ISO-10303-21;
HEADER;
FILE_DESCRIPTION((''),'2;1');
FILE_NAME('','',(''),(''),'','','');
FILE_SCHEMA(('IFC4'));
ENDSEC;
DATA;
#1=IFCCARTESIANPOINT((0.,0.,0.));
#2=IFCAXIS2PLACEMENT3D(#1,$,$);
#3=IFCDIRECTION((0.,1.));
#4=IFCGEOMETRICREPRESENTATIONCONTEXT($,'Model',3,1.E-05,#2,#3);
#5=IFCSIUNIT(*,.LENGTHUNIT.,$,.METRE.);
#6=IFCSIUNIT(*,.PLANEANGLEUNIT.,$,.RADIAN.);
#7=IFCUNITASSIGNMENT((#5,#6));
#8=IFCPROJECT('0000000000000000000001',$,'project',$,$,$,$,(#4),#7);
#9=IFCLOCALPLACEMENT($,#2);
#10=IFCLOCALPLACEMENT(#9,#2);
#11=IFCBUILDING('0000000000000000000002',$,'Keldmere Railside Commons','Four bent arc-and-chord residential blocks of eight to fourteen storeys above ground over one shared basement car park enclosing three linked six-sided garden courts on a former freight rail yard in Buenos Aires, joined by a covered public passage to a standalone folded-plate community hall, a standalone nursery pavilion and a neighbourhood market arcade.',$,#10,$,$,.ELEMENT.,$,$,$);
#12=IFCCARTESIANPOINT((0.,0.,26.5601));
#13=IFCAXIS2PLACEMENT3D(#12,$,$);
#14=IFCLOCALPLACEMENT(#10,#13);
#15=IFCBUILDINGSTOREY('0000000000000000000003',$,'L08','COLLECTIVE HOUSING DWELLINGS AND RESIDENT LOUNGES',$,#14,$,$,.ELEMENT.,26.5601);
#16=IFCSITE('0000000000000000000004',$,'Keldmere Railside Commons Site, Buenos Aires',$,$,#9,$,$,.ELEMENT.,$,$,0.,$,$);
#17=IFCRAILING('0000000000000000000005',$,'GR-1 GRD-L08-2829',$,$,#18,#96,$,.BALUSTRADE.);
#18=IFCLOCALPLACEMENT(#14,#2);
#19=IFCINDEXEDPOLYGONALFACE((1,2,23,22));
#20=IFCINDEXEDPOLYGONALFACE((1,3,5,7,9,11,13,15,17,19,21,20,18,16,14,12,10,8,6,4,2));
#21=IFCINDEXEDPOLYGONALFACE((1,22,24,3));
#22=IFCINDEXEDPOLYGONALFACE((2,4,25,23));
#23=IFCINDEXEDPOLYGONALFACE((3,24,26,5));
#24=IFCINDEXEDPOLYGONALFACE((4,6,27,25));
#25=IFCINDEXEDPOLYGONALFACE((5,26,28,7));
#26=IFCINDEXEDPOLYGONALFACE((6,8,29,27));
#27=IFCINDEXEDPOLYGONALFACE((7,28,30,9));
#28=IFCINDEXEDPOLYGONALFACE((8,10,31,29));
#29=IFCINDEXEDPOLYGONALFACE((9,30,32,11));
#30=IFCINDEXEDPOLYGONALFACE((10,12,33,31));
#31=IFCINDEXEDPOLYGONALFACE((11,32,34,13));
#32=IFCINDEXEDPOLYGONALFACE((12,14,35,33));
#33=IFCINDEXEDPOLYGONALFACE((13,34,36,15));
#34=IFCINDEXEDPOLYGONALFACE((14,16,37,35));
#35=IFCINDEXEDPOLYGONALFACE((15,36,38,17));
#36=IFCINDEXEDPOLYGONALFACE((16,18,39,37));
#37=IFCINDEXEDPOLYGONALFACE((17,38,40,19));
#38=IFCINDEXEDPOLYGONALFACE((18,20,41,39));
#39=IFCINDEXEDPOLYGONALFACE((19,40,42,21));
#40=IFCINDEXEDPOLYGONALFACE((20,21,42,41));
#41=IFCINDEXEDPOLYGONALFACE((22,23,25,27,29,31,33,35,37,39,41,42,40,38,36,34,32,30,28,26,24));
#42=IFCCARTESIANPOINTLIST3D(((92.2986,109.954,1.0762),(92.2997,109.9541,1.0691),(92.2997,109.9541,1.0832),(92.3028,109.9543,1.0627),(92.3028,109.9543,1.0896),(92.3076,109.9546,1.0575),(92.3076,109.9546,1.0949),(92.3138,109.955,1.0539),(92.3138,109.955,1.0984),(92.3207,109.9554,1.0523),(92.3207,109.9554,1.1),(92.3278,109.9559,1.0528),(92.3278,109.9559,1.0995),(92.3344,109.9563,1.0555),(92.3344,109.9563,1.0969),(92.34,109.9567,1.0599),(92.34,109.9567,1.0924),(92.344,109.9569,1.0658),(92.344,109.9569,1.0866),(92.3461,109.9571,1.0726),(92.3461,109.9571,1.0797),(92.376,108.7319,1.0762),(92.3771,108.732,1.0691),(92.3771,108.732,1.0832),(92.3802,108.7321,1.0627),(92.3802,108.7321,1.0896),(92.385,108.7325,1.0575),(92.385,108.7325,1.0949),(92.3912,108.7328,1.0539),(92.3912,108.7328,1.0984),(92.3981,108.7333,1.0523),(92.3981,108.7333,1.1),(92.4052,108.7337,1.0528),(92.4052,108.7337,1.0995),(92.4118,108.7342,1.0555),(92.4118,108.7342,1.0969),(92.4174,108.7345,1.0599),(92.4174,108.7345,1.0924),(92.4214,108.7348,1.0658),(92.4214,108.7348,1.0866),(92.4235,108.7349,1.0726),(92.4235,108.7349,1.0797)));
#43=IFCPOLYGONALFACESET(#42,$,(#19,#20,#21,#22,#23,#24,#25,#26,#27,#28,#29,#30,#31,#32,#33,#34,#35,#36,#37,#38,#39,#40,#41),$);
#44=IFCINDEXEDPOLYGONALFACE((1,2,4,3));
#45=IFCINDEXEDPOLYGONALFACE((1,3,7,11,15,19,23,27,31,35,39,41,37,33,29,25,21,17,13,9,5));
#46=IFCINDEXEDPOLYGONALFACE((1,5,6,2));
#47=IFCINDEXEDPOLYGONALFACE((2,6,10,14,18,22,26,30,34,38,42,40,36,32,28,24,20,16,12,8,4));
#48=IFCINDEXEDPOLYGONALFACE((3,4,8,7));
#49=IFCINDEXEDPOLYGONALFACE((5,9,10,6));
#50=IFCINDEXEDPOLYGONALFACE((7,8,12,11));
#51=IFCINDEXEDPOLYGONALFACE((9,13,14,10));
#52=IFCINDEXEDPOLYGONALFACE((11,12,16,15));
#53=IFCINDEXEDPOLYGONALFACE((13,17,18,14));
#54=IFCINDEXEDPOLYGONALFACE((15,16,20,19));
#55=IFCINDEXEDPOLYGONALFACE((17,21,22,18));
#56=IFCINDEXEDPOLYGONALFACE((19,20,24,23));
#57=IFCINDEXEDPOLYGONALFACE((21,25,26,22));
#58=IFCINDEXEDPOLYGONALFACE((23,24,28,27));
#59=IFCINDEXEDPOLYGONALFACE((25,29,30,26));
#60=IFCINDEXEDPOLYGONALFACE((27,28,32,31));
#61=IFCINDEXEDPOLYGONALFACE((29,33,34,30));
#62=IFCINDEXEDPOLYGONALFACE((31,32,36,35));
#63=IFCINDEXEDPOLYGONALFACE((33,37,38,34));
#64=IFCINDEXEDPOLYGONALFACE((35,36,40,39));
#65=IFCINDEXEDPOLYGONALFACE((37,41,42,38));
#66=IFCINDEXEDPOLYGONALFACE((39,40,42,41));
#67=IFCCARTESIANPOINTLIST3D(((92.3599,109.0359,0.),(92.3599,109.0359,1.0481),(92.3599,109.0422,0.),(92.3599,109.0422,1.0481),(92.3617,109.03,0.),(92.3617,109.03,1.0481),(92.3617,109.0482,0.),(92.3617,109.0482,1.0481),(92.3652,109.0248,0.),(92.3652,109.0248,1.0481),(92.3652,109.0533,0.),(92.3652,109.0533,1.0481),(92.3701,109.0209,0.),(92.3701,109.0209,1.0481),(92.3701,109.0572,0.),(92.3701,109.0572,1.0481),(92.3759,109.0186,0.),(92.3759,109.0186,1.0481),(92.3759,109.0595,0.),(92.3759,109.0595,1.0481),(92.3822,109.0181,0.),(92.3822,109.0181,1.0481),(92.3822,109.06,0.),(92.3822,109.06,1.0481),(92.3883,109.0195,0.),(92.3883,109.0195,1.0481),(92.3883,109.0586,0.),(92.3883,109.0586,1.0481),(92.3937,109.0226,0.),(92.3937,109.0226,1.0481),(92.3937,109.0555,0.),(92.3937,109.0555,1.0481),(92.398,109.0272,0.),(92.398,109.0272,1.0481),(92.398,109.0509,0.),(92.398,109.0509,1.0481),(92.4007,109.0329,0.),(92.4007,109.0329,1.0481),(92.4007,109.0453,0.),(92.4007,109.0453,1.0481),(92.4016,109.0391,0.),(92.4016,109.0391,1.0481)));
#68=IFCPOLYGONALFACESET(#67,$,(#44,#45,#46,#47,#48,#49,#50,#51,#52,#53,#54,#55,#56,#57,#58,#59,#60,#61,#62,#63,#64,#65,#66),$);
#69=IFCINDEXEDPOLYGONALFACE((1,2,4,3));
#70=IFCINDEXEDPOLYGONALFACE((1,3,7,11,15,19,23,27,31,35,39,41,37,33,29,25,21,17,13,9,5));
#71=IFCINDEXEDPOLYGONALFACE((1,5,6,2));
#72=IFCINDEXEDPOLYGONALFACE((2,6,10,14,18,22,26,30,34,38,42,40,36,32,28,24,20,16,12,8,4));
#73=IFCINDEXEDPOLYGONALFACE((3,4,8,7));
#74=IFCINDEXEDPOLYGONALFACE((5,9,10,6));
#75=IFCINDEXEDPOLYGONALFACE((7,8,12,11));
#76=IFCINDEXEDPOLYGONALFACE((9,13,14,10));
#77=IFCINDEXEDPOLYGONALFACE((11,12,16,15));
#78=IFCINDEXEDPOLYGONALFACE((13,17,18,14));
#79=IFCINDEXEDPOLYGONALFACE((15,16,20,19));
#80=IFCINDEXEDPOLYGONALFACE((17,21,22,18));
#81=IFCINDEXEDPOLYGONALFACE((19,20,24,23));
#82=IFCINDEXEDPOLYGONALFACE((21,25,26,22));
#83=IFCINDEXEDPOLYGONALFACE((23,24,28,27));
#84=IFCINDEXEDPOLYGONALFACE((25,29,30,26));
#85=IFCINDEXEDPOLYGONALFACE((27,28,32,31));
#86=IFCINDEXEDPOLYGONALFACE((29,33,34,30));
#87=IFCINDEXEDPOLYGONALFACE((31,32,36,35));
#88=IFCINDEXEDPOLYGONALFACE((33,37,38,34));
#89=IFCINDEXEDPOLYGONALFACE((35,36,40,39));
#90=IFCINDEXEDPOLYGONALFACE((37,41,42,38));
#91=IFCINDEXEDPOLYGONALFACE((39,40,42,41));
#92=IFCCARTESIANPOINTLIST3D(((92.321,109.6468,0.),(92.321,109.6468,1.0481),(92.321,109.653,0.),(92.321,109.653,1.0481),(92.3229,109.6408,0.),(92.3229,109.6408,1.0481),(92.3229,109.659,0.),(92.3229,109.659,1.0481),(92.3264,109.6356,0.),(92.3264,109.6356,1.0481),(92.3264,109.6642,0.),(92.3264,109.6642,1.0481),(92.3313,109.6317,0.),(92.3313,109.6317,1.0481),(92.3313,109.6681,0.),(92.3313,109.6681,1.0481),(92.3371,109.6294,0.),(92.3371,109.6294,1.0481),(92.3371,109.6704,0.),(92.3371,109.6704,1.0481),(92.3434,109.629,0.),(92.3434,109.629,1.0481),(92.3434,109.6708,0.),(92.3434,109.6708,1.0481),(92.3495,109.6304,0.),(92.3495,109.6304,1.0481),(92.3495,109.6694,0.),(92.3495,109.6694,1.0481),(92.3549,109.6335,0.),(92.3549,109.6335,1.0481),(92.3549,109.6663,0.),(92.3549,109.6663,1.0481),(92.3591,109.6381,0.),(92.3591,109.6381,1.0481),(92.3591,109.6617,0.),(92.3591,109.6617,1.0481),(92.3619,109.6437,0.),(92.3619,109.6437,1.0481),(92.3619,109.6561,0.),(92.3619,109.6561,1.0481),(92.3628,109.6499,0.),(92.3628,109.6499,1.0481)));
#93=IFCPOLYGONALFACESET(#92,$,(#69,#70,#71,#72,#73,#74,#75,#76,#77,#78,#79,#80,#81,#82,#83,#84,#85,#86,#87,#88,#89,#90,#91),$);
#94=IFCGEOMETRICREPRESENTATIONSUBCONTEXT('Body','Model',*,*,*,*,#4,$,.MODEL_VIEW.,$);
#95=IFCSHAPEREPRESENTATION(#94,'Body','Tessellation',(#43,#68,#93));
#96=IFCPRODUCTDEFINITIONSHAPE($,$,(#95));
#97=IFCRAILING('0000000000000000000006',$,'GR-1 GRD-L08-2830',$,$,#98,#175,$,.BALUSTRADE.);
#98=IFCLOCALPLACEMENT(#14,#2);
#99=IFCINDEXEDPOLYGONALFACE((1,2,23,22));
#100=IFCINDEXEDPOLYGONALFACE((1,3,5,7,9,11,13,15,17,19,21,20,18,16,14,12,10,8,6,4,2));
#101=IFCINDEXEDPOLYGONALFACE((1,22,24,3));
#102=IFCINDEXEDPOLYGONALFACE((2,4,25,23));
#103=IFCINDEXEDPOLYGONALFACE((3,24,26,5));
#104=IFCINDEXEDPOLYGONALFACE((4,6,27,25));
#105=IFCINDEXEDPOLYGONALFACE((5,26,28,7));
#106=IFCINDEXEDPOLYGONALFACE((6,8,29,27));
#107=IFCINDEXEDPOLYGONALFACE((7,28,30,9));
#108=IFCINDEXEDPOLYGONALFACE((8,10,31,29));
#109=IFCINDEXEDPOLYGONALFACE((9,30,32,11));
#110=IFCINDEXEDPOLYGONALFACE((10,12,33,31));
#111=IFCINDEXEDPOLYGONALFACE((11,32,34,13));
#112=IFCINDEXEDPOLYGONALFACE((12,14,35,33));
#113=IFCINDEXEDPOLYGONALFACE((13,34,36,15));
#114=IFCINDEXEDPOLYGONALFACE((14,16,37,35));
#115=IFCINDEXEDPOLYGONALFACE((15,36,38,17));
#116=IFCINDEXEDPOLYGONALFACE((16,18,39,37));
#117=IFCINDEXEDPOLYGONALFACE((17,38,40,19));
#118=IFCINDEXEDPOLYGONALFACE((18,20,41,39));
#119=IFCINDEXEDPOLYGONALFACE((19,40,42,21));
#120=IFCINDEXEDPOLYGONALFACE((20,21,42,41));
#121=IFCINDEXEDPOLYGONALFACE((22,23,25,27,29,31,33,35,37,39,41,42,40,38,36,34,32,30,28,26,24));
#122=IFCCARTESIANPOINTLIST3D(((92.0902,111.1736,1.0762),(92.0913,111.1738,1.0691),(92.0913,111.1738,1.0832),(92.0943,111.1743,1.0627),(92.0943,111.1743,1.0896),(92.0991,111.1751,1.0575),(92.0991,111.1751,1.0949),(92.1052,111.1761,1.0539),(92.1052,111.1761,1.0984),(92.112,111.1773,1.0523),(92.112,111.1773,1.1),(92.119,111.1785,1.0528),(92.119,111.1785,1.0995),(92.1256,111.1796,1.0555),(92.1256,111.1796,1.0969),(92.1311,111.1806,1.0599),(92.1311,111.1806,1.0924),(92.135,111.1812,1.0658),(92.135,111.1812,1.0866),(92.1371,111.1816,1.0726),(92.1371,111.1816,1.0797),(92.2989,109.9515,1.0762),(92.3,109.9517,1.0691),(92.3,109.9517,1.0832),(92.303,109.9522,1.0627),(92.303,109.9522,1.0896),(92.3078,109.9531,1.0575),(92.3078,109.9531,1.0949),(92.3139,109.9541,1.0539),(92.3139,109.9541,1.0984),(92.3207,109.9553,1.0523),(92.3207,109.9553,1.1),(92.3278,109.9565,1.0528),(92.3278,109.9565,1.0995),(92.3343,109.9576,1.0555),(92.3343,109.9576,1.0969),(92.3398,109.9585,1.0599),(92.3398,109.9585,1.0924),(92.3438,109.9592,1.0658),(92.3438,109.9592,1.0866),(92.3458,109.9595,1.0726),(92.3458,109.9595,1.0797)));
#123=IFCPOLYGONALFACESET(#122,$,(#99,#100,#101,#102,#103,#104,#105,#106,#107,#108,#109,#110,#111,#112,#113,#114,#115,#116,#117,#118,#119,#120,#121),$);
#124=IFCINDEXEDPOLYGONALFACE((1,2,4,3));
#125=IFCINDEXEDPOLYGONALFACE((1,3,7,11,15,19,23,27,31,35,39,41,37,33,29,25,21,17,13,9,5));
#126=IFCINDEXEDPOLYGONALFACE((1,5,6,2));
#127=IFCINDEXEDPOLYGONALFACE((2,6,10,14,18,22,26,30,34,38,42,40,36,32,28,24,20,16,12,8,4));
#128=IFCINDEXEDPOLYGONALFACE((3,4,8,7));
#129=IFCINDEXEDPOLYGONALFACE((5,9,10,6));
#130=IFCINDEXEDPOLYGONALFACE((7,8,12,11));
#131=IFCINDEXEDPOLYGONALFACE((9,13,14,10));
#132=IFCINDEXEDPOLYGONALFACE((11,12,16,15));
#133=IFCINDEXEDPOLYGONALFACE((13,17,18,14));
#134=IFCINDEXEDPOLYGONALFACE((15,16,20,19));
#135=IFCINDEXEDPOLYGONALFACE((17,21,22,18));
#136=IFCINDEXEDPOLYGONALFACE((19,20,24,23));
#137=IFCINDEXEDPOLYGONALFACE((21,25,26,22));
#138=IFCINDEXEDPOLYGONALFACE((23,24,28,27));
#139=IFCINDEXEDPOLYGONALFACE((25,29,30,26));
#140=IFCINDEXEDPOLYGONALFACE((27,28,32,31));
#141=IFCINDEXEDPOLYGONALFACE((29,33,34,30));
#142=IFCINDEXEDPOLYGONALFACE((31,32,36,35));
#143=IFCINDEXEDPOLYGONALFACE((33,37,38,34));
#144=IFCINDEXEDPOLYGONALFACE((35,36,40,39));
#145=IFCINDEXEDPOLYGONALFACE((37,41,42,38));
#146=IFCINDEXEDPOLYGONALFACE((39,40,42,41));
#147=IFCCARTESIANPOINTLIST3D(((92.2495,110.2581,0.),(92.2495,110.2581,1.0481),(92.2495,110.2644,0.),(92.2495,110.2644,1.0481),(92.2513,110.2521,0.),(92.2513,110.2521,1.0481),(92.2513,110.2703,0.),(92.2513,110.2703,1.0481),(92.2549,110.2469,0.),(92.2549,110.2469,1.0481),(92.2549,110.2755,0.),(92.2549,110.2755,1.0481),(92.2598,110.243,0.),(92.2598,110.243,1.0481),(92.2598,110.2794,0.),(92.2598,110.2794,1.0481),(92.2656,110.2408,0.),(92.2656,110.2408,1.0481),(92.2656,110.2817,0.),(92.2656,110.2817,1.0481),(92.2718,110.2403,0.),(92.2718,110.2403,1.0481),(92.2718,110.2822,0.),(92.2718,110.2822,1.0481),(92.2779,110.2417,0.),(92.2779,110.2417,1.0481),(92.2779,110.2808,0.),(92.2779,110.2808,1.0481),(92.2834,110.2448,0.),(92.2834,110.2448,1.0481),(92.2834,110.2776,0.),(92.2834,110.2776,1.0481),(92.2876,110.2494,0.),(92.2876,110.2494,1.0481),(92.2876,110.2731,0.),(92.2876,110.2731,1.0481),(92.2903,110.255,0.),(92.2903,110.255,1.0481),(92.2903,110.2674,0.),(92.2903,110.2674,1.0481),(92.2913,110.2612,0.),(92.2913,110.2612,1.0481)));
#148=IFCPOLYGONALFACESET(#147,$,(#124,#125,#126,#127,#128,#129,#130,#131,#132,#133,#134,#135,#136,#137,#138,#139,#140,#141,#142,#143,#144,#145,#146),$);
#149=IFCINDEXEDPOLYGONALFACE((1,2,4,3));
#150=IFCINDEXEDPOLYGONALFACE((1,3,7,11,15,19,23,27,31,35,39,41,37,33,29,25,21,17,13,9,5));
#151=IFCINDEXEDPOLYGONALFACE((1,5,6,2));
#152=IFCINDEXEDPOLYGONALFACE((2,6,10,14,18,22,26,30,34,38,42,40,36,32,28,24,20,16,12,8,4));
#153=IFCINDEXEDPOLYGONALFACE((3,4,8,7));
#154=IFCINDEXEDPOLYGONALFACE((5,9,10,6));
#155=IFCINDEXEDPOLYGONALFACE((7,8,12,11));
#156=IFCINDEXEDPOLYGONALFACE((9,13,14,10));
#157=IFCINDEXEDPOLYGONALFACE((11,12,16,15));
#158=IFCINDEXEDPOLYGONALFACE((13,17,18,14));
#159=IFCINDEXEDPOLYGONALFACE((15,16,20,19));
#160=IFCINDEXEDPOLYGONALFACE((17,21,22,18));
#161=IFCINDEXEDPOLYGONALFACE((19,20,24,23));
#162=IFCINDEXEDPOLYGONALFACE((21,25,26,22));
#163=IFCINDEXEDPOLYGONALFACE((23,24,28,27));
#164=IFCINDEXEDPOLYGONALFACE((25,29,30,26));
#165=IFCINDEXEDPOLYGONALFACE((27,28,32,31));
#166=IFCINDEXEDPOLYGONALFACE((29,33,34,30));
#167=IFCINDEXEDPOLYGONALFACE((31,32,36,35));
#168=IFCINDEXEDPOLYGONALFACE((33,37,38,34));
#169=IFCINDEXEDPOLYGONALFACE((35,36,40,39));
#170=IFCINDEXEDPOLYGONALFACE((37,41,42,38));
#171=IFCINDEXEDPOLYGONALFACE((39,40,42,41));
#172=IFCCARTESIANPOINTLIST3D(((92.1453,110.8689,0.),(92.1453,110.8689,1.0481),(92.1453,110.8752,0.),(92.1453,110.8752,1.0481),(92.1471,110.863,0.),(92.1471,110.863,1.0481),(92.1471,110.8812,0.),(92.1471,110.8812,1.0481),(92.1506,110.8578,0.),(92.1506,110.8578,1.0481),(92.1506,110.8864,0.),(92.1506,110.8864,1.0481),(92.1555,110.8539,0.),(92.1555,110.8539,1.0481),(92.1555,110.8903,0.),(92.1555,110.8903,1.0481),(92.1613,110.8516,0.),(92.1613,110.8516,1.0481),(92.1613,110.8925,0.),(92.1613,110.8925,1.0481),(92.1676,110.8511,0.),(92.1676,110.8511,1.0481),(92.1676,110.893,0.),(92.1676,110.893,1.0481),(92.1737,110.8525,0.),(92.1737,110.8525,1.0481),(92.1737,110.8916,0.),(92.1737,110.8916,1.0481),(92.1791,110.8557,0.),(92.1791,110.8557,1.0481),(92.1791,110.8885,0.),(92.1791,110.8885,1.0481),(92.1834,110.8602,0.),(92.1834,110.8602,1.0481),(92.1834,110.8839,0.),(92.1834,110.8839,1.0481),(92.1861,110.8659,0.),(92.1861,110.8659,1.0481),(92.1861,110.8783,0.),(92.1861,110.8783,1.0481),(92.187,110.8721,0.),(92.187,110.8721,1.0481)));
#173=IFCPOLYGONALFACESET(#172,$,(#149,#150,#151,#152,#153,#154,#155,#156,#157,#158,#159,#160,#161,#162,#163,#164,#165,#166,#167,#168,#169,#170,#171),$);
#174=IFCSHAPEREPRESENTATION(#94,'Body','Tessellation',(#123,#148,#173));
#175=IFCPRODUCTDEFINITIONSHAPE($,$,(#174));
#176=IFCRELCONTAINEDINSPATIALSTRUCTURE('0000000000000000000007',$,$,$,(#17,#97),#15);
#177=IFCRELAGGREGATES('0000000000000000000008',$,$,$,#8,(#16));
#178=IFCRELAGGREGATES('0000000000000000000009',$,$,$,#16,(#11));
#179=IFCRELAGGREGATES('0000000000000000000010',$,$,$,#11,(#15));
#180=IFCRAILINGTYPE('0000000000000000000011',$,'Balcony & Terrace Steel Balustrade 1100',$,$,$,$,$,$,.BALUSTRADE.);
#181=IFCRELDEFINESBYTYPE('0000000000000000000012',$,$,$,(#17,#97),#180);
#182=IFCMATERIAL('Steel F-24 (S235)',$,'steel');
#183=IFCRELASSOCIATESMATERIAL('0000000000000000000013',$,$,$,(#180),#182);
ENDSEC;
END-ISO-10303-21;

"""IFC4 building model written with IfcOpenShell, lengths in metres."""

from ifc_helpers import new_model, si_unit, direction, frame, origin, origin_2d, place, context, subcontext, project, spatial, circle, extrude, material, type_object, element, save


model = new_model("IFC4")

# Units and contexts
model_context = context("Model", 3, precision=1e-05, world=origin(), true_north=direction((0.0, 1.0)))
body_context = subcontext(model_context, "Body", "Model", "MODEL_VIEW")
ifc_project = project(units=[si_unit("LENGTHUNIT", "METRE"), si_unit("PLANEANGLEUNIT", "RADIAN")], contexts=[model_context])

# Site, building, storey
site_placement = place(None, origin())
site = spatial("IfcSite", under=ifc_project, at=site_placement, Name="Keldmere Railside Commons Site, Buenos Aires", CompositionType="ELEMENT", RefElevation=0.0)
building_placement = place(site_placement, origin())
building = spatial("IfcBuilding", under=site, at=building_placement, Name="Keldmere Railside Commons", Description="Four bent arc-and-chord residential blocks of eight to fourteen storeys above ground over one shared basement car park enclosing three linked six-sided garden courts on a former freight rail yard in Buenos Aires, joined by a covered public passage to a standalone folded-plate community hall, a standalone nursery pavilion and a neighbourhood market arcade.", CompositionType="ELEMENT")
storey_placement = place(building_placement, frame((0.0, 0.0, 26.5601)))
storey = spatial("IfcBuildingStorey", under=building, at=storey_placement, Name="L08", Description="COLLECTIVE HOUSING DWELLINGS AND RESIDENT LOUNGES", CompositionType="ELEMENT", Elevation=26.5601)

# Railings
ifc_material_1 = material(Name="Steel F-24 (S235)", Category="steel")
railing_type = type_object("IfcRailingType", Name="Balcony & Terrace Steel Balustrade 1100", PredefinedType="BALUSTRADE", material=ifc_material_1)
railing_1_placement = place(storey_placement, frame((92.3999, 108.7334, 0.0)))
element("IfcRailing", 1, at=railing_1_placement, inside=storey, type_object=railing_type, Name="GR-1 GRD-L08-2829", PredefinedType="BALUSTRADE", context=body_context, shape_type="SweptSolid", body=[
    extrude(circle(Radius=0.0239, at=origin_2d()), frame((0.0, 0.0, 1.0762), z_axis=(-0.063197, 0.998001, 0.0), x_axis=(-0.998001, -0.063197, 0.0)), (0.0, 0.0, 1.0), 1.2246),
    extrude(circle(Radius=0.021, at=origin_2d()), frame((-0.0193, 0.3057, 0.0)), (0.0, 0.0, 1.0), 1.0481),
    extrude(circle(Radius=0.021, at=origin_2d()), frame((-0.0581, 0.9165, 0.0)), (0.0, 0.0, 1.0), 1.0481),
])
railing_2_placement = place(storey_placement, frame((92.3225, 109.9556, 0.0)))
element("IfcRailing", 2, at=railing_2_placement, inside=storey, type_object=railing_type, Name="GR-1 GRD-L08-2830", PredefinedType="BALUSTRADE", context=body_context, shape_type="SweptSolid", body=[
    extrude(circle(Radius=0.0239, at=origin_2d()), frame((0.0, 0.0, 1.0762), z_axis=(-0.168357, 0.985726, 0.0), x_axis=(-0.985726, -0.168357, 0.0)), (0.0, 0.0, 1.0), 1.2397),
    extrude(circle(Radius=0.021, at=origin_2d()), frame((-0.0522, 0.3057, 0.0)), (0.0, 0.0, 1.0), 1.0481),
    extrude(circle(Radius=0.021, at=origin_2d()), frame((-0.1565, 0.9165, 0.0)), (0.0, 0.0, 1.0), 1.0481),
])

save(model, "model.ifc")
